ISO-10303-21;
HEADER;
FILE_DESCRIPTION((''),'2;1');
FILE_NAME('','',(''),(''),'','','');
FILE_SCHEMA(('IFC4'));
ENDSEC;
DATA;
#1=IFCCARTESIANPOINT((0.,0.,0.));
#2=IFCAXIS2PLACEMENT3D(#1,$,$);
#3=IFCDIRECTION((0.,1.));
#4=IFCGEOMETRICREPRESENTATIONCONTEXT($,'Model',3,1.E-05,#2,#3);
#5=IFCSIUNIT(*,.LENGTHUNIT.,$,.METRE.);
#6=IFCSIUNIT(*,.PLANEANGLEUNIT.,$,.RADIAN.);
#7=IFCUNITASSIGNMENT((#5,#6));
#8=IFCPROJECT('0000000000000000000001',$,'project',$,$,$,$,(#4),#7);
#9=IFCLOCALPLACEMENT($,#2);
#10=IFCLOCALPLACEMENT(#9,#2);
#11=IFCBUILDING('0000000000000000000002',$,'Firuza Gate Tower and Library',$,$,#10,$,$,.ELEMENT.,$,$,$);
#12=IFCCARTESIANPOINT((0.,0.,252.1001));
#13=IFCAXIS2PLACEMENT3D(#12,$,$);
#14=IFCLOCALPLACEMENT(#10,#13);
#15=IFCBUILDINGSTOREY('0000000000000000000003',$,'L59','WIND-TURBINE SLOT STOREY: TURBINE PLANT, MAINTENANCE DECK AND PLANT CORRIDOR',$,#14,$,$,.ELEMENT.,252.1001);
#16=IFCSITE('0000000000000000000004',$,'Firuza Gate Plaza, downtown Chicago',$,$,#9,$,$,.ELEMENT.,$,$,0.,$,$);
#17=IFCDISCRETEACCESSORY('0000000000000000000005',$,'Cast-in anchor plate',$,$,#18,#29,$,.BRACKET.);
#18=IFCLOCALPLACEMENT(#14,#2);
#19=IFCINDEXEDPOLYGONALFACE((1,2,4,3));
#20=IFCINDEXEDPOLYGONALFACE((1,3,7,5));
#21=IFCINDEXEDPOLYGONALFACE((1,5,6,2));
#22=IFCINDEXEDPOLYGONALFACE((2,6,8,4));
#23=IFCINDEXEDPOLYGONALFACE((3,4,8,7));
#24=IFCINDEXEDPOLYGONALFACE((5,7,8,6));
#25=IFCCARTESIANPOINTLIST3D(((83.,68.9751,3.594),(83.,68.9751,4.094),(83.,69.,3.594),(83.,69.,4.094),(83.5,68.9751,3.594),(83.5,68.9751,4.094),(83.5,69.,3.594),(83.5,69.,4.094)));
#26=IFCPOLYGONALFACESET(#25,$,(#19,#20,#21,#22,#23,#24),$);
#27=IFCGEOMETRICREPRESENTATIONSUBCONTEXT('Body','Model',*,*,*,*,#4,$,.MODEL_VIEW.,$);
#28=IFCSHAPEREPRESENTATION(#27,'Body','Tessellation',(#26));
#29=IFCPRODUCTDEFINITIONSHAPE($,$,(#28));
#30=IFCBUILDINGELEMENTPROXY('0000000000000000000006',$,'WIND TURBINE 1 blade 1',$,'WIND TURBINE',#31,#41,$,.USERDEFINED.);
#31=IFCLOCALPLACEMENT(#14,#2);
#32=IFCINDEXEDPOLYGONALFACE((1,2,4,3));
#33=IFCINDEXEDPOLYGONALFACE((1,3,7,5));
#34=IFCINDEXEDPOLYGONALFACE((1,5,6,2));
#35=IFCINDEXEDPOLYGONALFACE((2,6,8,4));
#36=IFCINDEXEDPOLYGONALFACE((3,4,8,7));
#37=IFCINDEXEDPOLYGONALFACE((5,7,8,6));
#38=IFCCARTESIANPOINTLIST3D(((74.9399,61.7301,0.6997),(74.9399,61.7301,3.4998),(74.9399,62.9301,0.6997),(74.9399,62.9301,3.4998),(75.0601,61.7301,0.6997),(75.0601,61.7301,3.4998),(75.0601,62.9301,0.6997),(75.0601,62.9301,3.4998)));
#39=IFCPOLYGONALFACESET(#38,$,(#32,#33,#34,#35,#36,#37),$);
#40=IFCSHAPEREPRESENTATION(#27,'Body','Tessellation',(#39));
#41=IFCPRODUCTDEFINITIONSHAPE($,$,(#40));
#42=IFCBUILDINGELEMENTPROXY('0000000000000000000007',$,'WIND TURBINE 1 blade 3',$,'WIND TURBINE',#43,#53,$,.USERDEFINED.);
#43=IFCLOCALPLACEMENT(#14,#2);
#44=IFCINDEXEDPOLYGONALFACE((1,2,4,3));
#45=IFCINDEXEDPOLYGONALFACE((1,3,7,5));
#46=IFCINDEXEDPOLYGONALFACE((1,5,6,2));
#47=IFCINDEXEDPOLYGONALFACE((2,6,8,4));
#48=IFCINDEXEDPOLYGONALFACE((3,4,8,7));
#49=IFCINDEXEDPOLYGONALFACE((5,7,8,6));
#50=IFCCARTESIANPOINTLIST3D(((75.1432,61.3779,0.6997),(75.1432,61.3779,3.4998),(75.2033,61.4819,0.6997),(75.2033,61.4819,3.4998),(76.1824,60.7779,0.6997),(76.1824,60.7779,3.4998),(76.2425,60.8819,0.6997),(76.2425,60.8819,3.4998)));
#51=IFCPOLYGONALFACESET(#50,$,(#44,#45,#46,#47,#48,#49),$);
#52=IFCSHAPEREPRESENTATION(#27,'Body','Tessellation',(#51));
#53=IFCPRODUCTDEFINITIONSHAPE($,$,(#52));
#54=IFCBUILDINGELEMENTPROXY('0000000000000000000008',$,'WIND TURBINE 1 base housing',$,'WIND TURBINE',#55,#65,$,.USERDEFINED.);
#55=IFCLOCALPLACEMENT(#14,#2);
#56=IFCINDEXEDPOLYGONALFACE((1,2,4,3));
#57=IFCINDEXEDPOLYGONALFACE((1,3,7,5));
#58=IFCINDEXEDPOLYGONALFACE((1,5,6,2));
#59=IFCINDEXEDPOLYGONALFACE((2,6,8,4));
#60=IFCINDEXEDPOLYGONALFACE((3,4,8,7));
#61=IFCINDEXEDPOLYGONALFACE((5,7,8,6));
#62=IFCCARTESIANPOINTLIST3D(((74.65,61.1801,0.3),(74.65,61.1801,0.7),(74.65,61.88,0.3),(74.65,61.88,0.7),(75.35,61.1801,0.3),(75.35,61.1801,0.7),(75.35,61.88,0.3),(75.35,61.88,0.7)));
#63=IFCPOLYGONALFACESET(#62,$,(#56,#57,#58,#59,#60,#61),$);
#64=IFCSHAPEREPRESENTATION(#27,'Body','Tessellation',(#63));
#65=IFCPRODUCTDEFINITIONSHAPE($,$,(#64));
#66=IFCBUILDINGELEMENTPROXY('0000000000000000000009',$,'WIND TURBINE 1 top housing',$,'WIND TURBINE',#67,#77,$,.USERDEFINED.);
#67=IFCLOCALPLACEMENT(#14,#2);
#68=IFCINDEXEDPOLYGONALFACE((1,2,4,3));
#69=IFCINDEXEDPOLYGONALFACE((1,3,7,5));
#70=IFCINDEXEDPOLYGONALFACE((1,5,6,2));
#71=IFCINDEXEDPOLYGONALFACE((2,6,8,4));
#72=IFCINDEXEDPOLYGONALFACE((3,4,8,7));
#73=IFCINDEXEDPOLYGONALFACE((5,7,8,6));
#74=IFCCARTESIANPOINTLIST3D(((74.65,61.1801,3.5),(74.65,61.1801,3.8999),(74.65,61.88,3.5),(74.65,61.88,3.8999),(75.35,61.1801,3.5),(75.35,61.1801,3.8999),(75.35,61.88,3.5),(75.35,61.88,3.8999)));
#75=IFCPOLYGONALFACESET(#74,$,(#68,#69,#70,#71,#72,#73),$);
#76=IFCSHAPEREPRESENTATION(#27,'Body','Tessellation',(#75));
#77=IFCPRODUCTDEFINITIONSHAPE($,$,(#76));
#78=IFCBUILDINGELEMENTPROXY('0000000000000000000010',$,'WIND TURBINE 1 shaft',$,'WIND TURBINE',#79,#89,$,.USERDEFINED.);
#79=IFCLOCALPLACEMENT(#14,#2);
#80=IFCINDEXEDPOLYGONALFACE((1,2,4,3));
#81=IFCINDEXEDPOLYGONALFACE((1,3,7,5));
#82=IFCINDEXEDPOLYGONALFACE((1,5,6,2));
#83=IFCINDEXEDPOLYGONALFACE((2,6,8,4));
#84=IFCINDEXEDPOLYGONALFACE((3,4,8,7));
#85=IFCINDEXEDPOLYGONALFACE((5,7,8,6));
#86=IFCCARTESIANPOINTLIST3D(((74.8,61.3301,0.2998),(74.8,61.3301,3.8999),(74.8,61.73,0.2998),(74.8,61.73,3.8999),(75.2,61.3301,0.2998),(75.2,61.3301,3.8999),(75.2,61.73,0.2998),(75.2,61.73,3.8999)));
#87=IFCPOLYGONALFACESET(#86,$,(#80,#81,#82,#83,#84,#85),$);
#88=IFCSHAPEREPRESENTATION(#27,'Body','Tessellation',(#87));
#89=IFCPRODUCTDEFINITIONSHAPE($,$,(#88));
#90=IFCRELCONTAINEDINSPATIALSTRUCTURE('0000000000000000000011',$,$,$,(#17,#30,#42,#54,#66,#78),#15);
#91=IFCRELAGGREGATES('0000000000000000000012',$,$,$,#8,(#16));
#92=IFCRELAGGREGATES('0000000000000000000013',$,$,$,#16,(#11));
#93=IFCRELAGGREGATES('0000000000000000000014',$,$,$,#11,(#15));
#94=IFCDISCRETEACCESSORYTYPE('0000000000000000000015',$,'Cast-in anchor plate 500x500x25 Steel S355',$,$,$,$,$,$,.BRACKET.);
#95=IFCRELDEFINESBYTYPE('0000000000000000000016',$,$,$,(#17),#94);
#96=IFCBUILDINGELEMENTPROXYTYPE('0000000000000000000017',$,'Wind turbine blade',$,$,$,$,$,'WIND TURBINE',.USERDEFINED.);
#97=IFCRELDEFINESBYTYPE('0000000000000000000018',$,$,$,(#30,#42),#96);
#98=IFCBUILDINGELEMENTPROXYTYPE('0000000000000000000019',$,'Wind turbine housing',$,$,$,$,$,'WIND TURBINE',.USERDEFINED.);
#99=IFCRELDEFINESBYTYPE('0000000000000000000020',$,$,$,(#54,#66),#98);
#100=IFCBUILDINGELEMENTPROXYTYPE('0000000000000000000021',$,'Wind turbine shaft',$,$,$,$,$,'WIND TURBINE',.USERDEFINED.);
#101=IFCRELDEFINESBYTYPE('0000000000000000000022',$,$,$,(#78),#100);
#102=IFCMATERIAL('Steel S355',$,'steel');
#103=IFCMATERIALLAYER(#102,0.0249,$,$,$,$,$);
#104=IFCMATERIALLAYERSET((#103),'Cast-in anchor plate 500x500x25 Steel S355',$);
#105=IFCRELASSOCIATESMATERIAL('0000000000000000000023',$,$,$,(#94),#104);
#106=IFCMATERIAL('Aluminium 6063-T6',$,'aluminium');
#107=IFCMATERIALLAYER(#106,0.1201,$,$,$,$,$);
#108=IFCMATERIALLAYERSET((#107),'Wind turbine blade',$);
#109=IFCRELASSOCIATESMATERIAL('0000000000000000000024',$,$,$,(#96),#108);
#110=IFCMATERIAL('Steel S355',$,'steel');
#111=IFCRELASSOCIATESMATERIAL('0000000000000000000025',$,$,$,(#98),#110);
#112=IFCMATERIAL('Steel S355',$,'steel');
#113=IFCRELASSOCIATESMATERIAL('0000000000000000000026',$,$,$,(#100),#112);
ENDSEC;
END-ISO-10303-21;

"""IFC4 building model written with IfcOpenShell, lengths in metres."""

from ifc_helpers import new_model, si_unit, direction, frame, origin, origin_2d, place, context, subcontext, project, spatial, rectangle, extrude, material, layer, layer_set, type_object, element, save


model = new_model("IFC4")

# Units and contexts
model_context = context("Model", 3, precision=1e-05, world=origin(), true_north=direction((0.0, 1.0)))
body_context = subcontext(model_context, "Body", "Model", "MODEL_VIEW")
ifc_project = project(units=[si_unit("LENGTHUNIT", "METRE"), si_unit("PLANEANGLEUNIT", "RADIAN")], contexts=[model_context])

# Site, building, storey
site_placement = place(None, origin())
site = spatial("IfcSite", under=ifc_project, at=site_placement, Name="Firuza Gate Plaza, downtown Chicago", CompositionType="ELEMENT", RefElevation=0.0)
building_placement = place(site_placement, origin())
building = spatial("IfcBuilding", under=site, at=building_placement, Name="Firuza Gate Tower and Library", CompositionType="ELEMENT")
storey_placement = place(building_placement, frame((0.0, 0.0, 252.1001)))
storey = spatial("IfcBuildingStorey", under=building, at=storey_placement, Name="L59", Description="WIND-TURBINE SLOT STOREY: TURBINE PLANT, MAINTENANCE DECK AND PLANT CORRIDOR", CompositionType="ELEMENT", Elevation=252.1001)

# Discrete accessory
ifc_material_1 = material(Name="Steel S355", Category="steel")
ifc_layer_1 = layer(ifc_material_1, 0.0249)
ifc_layer_set_1 = layer_set([ifc_layer_1], Name="Cast-in anchor plate 500x500x25 Steel S355")
discrete_accessory_type = type_object("IfcDiscreteAccessoryType", Name="Cast-in anchor plate 500x500x25 Steel S355", PredefinedType="BRACKET", material=ifc_layer_set_1)
for number, where, z_axis, x_axis, name in (
    (1, (83.25, 68.9875, 3.594), (0.0, 0.0, 1.0), (1.0, 0.0, 0.0), "Cast-in anchor plate"),
):
    element("IfcDiscreteAccessory", number, at=place(storey_placement, frame(where, z_axis=z_axis, x_axis=x_axis)), inside=storey, type_object=discrete_accessory_type, Name=name, PredefinedType="BRACKET", context=body_context, shape_type="SweptSolid", body=[
        extrude(rectangle(XDim=0.5, YDim=0.0249, at=origin_2d()), origin(), (0.0, 0.0, 1.0), 0.5),
    ])

# Building element proxies
ifc_material_2 = material(Name="Aluminium 6063-T6", Category="aluminium")
ifc_layer_2 = layer(ifc_material_2, 0.1201)
ifc_layer_set_2 = layer_set([ifc_layer_2], Name="Wind turbine blade")
building_element_proxy_type_1 = type_object("IfcBuildingElementProxyType", Name="Wind turbine blade", ElementType="WIND TURBINE", PredefinedType="USERDEFINED", material=ifc_layer_set_2)
for number, where, z_axis, x_axis, name in (
    (2, (75.0, 62.3301, 0.6997), (0.0, 0.0, 1.0), (0.0, 1.0, 0.0), "WIND TURBINE 1 blade 1"),
    (3, (75.6929, 61.1299, 0.6997), (0.0, 0.0, 1.0), (0.866025, -0.5, 0.0), "WIND TURBINE 1 blade 3"),
):
    element("IfcBuildingElementProxy", number, at=place(storey_placement, frame(where, z_axis=z_axis, x_axis=x_axis)), inside=storey, type_object=building_element_proxy_type_1, Name=name, ObjectType="WIND TURBINE", PredefinedType="USERDEFINED", context=body_context, shape_type="SweptSolid", body=[
        extrude(rectangle(XDim=1.2, YDim=0.1201, at=origin_2d()), origin(), (0.0, 0.0, 1.0), 2.8),
    ])
ifc_material_3 = material(Name="Steel S355", Category="steel")
building_element_proxy_type_2 = type_object("IfcBuildingElementProxyType", Name="Wind turbine housing", ElementType="WIND TURBINE", PredefinedType="USERDEFINED", material=ifc_material_3)
for number, where, z_axis, x_axis, name in (
    (4, (75.0, 61.53, 0.3), (0.0, 0.0, 1.0), (1.0, 0.0, 0.0), "WIND TURBINE 1 base housing"),
    (5, (75.0, 61.53, 3.5), (0.0, 0.0, 1.0), (1.0, 0.0, 0.0), "WIND TURBINE 1 top housing"),
):
    element("IfcBuildingElementProxy", number, at=place(storey_placement, frame(where, z_axis=z_axis, x_axis=x_axis)), inside=storey, type_object=building_element_proxy_type_2, Name=name, ObjectType="WIND TURBINE", PredefinedType="USERDEFINED", context=body_context, shape_type="SweptSolid", body=[
        extrude(rectangle(XDim=0.7, YDim=0.7, at=origin_2d()), origin(), (0.0, 0.0, 1.0), 0.3999),
    ])
ifc_material_4 = material(Name="Steel S355", Category="steel")
building_element_proxy_type_3 = type_object("IfcBuildingElementProxyType", Name="Wind turbine shaft", ElementType="WIND TURBINE", PredefinedType="USERDEFINED", material=ifc_material_4)
proxy_placement = place(storey_placement, frame((75.0, 61.53, 0.2998), z_axis=(0.0, 0.0, 1.0), x_axis=(1.0, 0.0, 0.0)))
element("IfcBuildingElementProxy", 6, at=proxy_placement, inside=storey, type_object=building_element_proxy_type_3, Name="WIND TURBINE 1 shaft", ObjectType="WIND TURBINE", PredefinedType="USERDEFINED", context=body_context, shape_type="SweptSolid", body=[
    extrude(rectangle(XDim=0.3999, YDim=0.3999, at=origin_2d()), origin(), (0.0, 0.0, 1.0), 3.6001),
])

save(model, "model.ifc")
